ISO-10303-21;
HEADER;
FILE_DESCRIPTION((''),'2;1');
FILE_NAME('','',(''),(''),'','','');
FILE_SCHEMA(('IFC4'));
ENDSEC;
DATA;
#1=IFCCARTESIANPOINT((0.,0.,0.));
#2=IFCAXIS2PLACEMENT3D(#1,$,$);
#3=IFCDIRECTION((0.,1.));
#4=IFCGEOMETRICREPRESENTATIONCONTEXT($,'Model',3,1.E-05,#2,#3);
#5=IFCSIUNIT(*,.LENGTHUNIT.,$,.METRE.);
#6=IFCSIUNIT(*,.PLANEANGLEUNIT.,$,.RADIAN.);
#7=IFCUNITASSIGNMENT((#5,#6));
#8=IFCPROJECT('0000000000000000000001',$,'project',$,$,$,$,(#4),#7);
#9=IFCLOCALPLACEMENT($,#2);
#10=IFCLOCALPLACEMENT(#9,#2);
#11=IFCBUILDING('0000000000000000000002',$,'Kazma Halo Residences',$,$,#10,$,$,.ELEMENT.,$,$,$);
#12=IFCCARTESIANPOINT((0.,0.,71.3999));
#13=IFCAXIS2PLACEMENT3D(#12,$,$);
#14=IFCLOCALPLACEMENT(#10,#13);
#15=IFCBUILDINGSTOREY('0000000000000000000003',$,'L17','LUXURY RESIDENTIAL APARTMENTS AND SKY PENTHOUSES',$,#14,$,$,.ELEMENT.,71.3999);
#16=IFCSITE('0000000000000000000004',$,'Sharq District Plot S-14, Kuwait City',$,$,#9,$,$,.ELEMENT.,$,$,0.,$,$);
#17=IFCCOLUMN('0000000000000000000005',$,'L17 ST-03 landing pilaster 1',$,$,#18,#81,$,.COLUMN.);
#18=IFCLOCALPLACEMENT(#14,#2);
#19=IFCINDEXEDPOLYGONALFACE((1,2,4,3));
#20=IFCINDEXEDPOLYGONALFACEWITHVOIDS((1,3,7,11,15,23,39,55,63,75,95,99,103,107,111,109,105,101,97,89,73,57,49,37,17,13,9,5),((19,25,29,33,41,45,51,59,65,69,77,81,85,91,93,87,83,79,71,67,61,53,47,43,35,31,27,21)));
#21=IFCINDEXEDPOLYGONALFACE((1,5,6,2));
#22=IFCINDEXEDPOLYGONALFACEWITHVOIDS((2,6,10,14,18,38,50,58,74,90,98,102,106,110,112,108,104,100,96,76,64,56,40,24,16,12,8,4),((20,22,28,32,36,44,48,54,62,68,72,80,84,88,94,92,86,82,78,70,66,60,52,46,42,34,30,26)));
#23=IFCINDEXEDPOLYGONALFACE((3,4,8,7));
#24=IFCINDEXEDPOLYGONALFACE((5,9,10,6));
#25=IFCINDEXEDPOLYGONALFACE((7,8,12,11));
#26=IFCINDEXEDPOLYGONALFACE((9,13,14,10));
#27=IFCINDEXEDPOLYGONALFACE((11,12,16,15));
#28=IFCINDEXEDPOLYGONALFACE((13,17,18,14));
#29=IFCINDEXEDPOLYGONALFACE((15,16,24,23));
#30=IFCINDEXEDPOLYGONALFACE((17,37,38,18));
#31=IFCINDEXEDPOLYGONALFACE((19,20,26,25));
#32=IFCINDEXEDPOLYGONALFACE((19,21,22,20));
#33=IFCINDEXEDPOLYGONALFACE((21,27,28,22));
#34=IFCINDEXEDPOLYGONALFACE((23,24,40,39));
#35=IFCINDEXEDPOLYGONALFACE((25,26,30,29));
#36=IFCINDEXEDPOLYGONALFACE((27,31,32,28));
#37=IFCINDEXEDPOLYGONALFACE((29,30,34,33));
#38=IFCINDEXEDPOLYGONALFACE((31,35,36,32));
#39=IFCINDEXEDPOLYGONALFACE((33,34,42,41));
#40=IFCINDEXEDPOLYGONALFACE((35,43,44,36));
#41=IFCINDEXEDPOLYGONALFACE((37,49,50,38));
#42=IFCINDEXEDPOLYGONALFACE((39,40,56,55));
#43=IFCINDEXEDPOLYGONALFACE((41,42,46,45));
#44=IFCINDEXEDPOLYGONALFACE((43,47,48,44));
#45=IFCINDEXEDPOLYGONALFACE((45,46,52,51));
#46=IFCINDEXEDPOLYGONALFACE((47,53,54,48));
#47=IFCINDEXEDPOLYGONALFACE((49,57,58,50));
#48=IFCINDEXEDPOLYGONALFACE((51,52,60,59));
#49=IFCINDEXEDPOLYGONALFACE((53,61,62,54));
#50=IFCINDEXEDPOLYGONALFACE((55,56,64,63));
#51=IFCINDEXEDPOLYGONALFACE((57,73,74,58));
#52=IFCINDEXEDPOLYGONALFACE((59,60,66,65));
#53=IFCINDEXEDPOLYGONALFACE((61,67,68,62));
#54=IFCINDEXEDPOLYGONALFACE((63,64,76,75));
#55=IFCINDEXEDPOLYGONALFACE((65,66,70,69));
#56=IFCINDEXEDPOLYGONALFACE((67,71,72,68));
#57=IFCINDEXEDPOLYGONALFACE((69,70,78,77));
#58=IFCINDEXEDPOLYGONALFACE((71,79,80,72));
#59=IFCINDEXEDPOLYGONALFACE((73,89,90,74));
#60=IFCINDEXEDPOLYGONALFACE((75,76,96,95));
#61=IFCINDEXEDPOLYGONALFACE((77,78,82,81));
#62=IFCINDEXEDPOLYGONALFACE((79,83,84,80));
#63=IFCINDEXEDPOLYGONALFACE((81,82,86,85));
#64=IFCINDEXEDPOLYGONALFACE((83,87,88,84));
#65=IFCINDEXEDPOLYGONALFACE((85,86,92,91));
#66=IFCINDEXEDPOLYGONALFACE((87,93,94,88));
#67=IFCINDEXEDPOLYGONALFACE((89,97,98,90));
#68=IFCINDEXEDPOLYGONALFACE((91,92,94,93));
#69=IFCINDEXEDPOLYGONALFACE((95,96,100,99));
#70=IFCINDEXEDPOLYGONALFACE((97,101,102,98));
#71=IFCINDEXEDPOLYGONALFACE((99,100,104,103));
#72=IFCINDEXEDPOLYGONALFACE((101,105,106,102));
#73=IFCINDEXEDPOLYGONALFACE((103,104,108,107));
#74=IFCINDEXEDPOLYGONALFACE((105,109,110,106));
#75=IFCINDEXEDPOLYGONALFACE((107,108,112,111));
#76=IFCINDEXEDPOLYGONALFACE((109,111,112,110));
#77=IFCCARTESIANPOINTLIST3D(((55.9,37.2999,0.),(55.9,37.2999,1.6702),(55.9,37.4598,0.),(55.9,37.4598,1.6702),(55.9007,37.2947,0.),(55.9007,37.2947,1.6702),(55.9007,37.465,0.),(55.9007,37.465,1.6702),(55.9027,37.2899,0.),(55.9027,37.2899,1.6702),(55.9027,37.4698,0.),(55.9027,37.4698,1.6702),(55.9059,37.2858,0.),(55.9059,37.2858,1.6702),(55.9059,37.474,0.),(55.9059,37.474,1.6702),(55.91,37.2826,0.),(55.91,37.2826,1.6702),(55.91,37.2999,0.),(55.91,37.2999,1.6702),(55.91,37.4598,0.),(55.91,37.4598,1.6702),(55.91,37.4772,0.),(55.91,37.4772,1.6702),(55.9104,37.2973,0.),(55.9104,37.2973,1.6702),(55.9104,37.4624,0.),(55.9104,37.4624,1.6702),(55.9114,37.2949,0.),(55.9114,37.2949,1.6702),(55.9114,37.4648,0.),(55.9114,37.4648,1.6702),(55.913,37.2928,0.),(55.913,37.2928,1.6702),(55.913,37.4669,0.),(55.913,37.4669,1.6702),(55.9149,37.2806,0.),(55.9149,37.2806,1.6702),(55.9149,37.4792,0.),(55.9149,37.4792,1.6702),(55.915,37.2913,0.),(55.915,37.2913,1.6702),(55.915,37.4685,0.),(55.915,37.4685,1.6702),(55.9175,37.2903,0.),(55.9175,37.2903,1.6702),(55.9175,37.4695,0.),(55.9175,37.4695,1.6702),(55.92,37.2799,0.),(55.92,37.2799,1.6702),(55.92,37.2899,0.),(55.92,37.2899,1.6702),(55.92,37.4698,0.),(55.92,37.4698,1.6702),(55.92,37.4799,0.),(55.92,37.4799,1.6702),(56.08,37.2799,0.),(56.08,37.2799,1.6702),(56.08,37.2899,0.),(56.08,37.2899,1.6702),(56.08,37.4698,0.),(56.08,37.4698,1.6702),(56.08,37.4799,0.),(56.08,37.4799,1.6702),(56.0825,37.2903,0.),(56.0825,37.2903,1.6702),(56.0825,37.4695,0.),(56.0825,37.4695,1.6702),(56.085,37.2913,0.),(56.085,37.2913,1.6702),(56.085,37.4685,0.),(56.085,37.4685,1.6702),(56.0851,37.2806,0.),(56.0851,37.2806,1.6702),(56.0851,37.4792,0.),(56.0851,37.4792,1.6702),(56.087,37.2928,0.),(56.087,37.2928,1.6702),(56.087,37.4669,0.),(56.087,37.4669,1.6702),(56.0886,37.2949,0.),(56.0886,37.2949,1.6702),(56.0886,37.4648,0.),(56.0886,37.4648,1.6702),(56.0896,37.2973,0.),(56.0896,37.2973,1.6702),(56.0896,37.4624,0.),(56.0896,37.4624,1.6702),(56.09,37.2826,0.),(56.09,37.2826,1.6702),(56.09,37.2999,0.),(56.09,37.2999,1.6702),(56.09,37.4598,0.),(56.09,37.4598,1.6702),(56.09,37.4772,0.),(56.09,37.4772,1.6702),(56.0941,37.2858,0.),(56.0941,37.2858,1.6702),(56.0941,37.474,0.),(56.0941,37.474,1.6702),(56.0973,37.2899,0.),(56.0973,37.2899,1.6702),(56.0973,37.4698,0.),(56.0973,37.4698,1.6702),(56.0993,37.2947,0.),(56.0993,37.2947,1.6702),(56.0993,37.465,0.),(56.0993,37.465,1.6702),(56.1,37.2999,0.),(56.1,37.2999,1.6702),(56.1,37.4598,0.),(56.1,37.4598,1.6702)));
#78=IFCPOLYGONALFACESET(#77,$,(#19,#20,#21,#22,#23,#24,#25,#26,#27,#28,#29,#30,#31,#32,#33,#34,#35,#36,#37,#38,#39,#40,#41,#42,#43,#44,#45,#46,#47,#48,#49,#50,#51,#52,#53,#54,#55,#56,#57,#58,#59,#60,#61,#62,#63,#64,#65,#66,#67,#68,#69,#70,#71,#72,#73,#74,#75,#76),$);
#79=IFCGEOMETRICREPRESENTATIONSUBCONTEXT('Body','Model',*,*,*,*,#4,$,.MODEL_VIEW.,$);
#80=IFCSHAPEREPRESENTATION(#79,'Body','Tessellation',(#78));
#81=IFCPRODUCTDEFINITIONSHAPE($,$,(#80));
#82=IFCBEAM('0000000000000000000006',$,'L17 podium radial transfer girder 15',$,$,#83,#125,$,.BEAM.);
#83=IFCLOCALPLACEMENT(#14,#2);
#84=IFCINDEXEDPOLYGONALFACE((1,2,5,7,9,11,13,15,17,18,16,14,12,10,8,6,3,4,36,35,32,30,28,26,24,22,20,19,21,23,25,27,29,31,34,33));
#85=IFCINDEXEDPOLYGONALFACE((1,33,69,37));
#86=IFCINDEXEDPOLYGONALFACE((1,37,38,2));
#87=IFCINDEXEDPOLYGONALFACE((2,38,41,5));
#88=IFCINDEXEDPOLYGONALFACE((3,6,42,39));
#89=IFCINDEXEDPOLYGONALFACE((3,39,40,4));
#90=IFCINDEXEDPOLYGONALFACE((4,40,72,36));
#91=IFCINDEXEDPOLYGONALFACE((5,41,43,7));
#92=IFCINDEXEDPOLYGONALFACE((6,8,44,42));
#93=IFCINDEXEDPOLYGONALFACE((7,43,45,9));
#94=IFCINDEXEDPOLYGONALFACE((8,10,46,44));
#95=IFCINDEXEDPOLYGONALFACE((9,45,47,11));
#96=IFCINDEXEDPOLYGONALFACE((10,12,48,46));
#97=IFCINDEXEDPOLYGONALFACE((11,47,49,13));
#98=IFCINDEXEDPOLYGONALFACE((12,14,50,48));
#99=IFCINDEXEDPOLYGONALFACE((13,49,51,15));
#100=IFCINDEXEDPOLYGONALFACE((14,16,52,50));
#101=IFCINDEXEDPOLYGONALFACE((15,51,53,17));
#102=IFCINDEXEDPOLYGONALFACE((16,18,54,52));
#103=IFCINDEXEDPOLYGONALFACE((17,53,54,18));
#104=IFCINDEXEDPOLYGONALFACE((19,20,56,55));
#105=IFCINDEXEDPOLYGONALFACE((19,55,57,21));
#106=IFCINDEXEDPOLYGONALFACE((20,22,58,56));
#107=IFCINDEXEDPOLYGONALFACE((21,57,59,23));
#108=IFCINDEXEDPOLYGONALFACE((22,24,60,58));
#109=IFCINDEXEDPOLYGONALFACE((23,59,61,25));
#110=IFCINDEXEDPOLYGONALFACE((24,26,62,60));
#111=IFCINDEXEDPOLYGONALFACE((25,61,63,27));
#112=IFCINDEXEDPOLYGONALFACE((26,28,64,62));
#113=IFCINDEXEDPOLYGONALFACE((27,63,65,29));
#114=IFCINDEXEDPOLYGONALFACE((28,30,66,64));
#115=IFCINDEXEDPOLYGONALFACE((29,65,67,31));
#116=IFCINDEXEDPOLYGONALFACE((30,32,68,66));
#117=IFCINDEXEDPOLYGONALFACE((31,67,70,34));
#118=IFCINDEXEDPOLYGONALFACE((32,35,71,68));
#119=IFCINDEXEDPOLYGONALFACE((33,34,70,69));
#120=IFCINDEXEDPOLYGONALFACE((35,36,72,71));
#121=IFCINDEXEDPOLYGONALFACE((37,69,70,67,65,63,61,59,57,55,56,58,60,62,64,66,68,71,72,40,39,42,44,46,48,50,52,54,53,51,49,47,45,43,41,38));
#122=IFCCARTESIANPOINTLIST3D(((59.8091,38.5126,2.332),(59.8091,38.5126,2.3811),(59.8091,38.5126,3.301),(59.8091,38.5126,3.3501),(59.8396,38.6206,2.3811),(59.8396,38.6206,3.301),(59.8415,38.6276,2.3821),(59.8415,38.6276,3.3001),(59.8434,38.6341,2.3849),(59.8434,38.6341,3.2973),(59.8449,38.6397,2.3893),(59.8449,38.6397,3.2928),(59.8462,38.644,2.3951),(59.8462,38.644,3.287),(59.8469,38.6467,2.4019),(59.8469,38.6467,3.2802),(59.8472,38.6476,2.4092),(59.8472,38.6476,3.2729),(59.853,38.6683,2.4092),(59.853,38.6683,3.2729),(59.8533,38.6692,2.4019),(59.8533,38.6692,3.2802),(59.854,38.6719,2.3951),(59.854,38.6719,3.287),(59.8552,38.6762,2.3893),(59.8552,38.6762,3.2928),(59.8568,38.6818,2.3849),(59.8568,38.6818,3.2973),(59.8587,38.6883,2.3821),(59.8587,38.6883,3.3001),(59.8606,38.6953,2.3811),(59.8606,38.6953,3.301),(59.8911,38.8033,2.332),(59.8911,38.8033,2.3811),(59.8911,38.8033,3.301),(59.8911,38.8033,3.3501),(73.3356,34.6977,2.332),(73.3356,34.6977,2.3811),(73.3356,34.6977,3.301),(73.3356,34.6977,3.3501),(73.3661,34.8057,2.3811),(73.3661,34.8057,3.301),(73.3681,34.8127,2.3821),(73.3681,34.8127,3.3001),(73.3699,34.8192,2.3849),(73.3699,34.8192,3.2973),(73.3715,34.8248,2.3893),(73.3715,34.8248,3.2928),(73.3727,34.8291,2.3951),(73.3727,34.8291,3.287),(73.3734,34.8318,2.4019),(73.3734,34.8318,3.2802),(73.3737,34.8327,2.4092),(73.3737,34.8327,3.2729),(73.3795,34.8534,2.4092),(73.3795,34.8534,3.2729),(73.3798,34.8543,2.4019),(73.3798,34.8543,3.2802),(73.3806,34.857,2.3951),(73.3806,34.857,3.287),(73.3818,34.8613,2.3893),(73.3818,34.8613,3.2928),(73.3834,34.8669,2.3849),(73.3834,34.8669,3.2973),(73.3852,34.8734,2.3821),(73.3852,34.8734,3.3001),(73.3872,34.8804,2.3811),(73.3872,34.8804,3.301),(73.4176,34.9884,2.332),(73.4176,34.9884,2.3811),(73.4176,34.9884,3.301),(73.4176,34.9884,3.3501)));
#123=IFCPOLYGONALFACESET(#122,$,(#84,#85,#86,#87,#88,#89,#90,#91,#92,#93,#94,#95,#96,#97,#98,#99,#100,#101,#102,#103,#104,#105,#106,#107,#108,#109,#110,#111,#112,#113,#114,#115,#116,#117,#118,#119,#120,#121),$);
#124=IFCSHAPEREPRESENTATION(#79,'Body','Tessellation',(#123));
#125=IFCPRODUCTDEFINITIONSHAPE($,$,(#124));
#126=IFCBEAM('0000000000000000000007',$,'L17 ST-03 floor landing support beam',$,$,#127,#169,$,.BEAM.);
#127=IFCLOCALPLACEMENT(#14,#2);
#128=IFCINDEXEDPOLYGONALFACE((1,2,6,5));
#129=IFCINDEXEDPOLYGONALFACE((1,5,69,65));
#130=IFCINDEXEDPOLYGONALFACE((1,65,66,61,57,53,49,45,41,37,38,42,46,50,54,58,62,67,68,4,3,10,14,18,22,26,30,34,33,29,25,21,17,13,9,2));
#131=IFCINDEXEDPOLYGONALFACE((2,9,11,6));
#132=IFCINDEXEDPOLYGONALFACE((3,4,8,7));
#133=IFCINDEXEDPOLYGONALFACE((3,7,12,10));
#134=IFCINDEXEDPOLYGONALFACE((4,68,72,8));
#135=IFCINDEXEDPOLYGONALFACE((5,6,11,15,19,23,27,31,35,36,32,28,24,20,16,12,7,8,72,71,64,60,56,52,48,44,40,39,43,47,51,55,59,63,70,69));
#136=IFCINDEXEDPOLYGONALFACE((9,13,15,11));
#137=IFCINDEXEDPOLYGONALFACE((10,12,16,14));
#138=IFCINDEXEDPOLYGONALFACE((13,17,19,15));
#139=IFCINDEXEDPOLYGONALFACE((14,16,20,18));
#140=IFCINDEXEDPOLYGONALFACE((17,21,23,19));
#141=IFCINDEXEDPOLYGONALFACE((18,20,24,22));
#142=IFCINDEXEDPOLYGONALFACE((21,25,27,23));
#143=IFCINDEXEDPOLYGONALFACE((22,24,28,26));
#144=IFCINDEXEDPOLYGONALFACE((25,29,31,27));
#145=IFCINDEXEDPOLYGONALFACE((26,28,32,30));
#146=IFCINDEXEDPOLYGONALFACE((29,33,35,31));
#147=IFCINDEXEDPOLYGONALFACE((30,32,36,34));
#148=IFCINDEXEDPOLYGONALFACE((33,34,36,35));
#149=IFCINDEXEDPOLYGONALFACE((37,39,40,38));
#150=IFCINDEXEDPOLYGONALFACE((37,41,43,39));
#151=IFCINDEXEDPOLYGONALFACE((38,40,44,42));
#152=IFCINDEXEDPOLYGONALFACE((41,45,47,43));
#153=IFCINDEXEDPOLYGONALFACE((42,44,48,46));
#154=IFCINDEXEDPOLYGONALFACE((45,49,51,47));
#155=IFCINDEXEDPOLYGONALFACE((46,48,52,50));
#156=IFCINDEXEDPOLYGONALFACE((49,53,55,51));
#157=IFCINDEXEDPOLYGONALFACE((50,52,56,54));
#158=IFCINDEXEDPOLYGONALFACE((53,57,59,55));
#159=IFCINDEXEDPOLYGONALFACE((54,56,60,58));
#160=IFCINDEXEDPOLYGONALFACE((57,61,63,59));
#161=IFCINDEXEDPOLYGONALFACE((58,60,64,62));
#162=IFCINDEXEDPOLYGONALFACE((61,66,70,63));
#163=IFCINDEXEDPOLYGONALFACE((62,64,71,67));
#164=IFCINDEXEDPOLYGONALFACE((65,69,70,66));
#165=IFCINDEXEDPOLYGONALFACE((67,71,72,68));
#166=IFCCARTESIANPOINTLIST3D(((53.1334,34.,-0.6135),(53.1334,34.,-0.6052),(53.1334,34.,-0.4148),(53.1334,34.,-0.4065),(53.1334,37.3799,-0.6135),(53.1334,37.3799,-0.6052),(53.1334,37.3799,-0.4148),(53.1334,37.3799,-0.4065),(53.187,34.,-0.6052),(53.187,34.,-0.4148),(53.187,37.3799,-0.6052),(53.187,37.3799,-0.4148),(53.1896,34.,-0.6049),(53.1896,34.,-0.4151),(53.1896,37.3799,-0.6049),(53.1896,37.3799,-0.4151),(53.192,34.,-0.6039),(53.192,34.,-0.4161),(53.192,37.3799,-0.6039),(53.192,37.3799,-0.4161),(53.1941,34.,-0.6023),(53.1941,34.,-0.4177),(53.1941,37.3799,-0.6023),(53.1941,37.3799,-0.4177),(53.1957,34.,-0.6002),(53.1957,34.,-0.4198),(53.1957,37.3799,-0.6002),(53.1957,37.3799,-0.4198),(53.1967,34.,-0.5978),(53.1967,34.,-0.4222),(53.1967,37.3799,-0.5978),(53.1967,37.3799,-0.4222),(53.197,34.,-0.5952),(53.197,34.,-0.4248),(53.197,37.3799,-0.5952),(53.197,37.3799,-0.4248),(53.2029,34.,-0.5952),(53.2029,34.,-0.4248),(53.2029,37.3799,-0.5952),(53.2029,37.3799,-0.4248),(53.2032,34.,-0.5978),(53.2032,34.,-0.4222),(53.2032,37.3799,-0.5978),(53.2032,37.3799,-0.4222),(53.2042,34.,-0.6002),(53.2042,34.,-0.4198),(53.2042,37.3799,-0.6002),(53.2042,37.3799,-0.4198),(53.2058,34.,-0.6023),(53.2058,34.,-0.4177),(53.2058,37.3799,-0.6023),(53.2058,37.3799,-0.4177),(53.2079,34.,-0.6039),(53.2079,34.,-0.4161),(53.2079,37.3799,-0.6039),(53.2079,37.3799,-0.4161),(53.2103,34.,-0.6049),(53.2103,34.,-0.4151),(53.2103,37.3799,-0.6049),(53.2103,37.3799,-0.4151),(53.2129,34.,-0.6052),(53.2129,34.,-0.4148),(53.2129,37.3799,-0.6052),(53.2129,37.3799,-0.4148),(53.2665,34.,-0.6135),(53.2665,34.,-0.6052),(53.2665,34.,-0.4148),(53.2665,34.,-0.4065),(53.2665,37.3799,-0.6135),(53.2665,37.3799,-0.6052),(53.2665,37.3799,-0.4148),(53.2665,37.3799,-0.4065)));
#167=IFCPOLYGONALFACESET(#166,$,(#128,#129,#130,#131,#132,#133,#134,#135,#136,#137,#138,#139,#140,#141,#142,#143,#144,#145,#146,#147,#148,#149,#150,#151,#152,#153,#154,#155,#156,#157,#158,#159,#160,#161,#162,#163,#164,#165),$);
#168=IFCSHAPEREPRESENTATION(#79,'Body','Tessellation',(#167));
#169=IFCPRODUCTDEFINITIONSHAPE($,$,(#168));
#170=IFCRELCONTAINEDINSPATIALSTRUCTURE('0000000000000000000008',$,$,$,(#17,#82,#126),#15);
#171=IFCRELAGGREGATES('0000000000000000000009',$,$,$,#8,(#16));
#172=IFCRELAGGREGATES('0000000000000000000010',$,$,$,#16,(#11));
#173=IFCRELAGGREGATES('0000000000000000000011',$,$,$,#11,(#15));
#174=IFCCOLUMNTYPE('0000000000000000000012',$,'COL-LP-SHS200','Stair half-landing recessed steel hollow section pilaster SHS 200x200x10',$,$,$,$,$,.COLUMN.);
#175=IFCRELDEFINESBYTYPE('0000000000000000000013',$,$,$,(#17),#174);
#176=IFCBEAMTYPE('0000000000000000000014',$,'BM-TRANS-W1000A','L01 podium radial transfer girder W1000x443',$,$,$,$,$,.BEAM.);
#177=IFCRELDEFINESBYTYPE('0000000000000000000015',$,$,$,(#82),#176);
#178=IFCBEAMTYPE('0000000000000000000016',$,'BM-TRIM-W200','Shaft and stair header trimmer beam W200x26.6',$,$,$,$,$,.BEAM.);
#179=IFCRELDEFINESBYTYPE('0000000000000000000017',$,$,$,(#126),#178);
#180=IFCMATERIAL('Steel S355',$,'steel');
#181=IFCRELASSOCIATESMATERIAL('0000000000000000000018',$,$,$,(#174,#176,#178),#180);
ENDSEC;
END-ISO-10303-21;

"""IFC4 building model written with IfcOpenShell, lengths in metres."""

from ifc_helpers import new_model, si_unit, direction, frame, origin, origin_2d, place, context, subcontext, project, spatial, hollow_rectangle, i_section, extrude, material, material_profile, profile_set, type_object, element, save


model = new_model("IFC4")

# Units and contexts
model_context = context("Model", 3, precision=1e-05, world=origin(), true_north=direction((0.0, 1.0)))
body_context = subcontext(model_context, "Body", "Model", "MODEL_VIEW")
ifc_project = project(units=[si_unit("LENGTHUNIT", "METRE"), si_unit("PLANEANGLEUNIT", "RADIAN")], contexts=[model_context])

# Site, building, storey
site_placement = place(None, origin())
site = spatial("IfcSite", under=ifc_project, at=site_placement, Name="Sharq District Plot S-14, Kuwait City", CompositionType="ELEMENT", RefElevation=0.0)
building_placement = place(site_placement, origin())
building = spatial("IfcBuilding", under=site, at=building_placement, Name="Kazma Halo Residences", CompositionType="ELEMENT")
storey_placement = place(building_placement, frame((0.0, 0.0, 71.3999)))
storey = spatial("IfcBuildingStorey", under=building, at=storey_placement, Name="L17", Description="LUXURY RESIDENTIAL APARTMENTS AND SKY PENTHOUSES", CompositionType="ELEMENT", Elevation=71.3999)

# Column
ifc_material_1 = material(Name="Steel S355", Category="steel")
ifc_material_profile_1 = material_profile(ifc_material_1, hollow_rectangle(XDim=0.2, YDim=0.2, WallThickness=0.01, InnerFilletRadius=0.01, OuterFilletRadius=0.02, at=origin_2d()), Name="SHS200x200x10")
ifc_profile_set_1 = profile_set([ifc_material_profile_1], Name="Steel S355")
column_type = type_object("IfcColumnType", Name="COL-LP-SHS200", Description="Stair half-landing recessed steel hollow section pilaster SHS 200x200x10", PredefinedType="COLUMN", material=ifc_profile_set_1)
column_placement = place(storey_placement, frame((56.0, 37.3799, 0.0), z_axis=(0.0, 0.0, 1.0), x_axis=(1.0, 0.0, 0.0)))
element("IfcColumn", 1, at=column_placement, inside=storey, type_object=column_type, Name="L17 ST-03 landing pilaster 1", PredefinedType="COLUMN", context=body_context, shape_type="SweptSolid", body=[
    extrude(hollow_rectangle(XDim=0.2, YDim=0.2, WallThickness=0.01, InnerFilletRadius=0.01, OuterFilletRadius=0.02, at=origin_2d()), origin(), (0.0, 0.0, 1.0), 1.6702),
])

# Beams
ifc_material_profile_2 = material_profile(ifc_material_1, i_section(OverallWidth=0.302, OverallDepth=1.0181, WebThickness=0.0215, FlangeThickness=0.0491, FilletRadius=0.0281, at=origin_2d()), Name="W1000x443")
ifc_profile_set_2 = profile_set([ifc_material_profile_2], Name="Steel S355")
beam_type_1 = type_object("IfcBeamType", Name="BM-TRANS-W1000A", Description="L01 podium radial transfer girder W1000x443", PredefinedType="BEAM", material=ifc_profile_set_2)
beam_1_placement = place(storey_placement, frame((59.8501, 38.658, 2.8411), z_axis=(0.962454, -0.271443, 0.0), x_axis=(0.271443, 0.962454, 0.0)))
element("IfcBeam", 2, at=beam_1_placement, inside=storey, type_object=beam_type_1, Name="L17 podium radial transfer girder 15", PredefinedType="BEAM", context=body_context, shape_type="SweptSolid", body=[
    extrude(i_section(OverallWidth=0.302, OverallDepth=1.0181, WebThickness=0.0215, FlangeThickness=0.0491, FilletRadius=0.0281, at=origin_2d()), origin(), (0.0, 0.0, 1.0), 14.0542),
])
ifc_material_profile_3 = material_profile(ifc_material_1, i_section(OverallWidth=0.1331, OverallDepth=0.207, WebThickness=0.0059, FlangeThickness=0.0083, FilletRadius=0.01, at=origin_2d()), Name="W200x26.6")
ifc_profile_set_3 = profile_set([ifc_material_profile_3], Name="Steel S355")
beam_type_2 = type_object("IfcBeamType", Name="BM-TRIM-W200", Description="Shaft and stair header trimmer beam W200x26.6", PredefinedType="BEAM", material=ifc_profile_set_3)
beam_2_placement = place(storey_placement, frame((53.2, 34.0, -0.51), z_axis=(0.0, 1.0, 0.0), x_axis=(-1.0, 0.0, 0.0)))
element("IfcBeam", 3, at=beam_2_placement, inside=storey, type_object=beam_type_2, Name="L17 ST-03 floor landing support beam", PredefinedType="BEAM", context=body_context, shape_type="SweptSolid", body=[
    extrude(i_section(OverallWidth=0.1331, OverallDepth=0.207, WebThickness=0.0059, FlangeThickness=0.0083, FilletRadius=0.01, at=origin_2d()), origin(), (0.0, 0.0, 1.0), 3.3799),
])

save(model, "model.ifc")
